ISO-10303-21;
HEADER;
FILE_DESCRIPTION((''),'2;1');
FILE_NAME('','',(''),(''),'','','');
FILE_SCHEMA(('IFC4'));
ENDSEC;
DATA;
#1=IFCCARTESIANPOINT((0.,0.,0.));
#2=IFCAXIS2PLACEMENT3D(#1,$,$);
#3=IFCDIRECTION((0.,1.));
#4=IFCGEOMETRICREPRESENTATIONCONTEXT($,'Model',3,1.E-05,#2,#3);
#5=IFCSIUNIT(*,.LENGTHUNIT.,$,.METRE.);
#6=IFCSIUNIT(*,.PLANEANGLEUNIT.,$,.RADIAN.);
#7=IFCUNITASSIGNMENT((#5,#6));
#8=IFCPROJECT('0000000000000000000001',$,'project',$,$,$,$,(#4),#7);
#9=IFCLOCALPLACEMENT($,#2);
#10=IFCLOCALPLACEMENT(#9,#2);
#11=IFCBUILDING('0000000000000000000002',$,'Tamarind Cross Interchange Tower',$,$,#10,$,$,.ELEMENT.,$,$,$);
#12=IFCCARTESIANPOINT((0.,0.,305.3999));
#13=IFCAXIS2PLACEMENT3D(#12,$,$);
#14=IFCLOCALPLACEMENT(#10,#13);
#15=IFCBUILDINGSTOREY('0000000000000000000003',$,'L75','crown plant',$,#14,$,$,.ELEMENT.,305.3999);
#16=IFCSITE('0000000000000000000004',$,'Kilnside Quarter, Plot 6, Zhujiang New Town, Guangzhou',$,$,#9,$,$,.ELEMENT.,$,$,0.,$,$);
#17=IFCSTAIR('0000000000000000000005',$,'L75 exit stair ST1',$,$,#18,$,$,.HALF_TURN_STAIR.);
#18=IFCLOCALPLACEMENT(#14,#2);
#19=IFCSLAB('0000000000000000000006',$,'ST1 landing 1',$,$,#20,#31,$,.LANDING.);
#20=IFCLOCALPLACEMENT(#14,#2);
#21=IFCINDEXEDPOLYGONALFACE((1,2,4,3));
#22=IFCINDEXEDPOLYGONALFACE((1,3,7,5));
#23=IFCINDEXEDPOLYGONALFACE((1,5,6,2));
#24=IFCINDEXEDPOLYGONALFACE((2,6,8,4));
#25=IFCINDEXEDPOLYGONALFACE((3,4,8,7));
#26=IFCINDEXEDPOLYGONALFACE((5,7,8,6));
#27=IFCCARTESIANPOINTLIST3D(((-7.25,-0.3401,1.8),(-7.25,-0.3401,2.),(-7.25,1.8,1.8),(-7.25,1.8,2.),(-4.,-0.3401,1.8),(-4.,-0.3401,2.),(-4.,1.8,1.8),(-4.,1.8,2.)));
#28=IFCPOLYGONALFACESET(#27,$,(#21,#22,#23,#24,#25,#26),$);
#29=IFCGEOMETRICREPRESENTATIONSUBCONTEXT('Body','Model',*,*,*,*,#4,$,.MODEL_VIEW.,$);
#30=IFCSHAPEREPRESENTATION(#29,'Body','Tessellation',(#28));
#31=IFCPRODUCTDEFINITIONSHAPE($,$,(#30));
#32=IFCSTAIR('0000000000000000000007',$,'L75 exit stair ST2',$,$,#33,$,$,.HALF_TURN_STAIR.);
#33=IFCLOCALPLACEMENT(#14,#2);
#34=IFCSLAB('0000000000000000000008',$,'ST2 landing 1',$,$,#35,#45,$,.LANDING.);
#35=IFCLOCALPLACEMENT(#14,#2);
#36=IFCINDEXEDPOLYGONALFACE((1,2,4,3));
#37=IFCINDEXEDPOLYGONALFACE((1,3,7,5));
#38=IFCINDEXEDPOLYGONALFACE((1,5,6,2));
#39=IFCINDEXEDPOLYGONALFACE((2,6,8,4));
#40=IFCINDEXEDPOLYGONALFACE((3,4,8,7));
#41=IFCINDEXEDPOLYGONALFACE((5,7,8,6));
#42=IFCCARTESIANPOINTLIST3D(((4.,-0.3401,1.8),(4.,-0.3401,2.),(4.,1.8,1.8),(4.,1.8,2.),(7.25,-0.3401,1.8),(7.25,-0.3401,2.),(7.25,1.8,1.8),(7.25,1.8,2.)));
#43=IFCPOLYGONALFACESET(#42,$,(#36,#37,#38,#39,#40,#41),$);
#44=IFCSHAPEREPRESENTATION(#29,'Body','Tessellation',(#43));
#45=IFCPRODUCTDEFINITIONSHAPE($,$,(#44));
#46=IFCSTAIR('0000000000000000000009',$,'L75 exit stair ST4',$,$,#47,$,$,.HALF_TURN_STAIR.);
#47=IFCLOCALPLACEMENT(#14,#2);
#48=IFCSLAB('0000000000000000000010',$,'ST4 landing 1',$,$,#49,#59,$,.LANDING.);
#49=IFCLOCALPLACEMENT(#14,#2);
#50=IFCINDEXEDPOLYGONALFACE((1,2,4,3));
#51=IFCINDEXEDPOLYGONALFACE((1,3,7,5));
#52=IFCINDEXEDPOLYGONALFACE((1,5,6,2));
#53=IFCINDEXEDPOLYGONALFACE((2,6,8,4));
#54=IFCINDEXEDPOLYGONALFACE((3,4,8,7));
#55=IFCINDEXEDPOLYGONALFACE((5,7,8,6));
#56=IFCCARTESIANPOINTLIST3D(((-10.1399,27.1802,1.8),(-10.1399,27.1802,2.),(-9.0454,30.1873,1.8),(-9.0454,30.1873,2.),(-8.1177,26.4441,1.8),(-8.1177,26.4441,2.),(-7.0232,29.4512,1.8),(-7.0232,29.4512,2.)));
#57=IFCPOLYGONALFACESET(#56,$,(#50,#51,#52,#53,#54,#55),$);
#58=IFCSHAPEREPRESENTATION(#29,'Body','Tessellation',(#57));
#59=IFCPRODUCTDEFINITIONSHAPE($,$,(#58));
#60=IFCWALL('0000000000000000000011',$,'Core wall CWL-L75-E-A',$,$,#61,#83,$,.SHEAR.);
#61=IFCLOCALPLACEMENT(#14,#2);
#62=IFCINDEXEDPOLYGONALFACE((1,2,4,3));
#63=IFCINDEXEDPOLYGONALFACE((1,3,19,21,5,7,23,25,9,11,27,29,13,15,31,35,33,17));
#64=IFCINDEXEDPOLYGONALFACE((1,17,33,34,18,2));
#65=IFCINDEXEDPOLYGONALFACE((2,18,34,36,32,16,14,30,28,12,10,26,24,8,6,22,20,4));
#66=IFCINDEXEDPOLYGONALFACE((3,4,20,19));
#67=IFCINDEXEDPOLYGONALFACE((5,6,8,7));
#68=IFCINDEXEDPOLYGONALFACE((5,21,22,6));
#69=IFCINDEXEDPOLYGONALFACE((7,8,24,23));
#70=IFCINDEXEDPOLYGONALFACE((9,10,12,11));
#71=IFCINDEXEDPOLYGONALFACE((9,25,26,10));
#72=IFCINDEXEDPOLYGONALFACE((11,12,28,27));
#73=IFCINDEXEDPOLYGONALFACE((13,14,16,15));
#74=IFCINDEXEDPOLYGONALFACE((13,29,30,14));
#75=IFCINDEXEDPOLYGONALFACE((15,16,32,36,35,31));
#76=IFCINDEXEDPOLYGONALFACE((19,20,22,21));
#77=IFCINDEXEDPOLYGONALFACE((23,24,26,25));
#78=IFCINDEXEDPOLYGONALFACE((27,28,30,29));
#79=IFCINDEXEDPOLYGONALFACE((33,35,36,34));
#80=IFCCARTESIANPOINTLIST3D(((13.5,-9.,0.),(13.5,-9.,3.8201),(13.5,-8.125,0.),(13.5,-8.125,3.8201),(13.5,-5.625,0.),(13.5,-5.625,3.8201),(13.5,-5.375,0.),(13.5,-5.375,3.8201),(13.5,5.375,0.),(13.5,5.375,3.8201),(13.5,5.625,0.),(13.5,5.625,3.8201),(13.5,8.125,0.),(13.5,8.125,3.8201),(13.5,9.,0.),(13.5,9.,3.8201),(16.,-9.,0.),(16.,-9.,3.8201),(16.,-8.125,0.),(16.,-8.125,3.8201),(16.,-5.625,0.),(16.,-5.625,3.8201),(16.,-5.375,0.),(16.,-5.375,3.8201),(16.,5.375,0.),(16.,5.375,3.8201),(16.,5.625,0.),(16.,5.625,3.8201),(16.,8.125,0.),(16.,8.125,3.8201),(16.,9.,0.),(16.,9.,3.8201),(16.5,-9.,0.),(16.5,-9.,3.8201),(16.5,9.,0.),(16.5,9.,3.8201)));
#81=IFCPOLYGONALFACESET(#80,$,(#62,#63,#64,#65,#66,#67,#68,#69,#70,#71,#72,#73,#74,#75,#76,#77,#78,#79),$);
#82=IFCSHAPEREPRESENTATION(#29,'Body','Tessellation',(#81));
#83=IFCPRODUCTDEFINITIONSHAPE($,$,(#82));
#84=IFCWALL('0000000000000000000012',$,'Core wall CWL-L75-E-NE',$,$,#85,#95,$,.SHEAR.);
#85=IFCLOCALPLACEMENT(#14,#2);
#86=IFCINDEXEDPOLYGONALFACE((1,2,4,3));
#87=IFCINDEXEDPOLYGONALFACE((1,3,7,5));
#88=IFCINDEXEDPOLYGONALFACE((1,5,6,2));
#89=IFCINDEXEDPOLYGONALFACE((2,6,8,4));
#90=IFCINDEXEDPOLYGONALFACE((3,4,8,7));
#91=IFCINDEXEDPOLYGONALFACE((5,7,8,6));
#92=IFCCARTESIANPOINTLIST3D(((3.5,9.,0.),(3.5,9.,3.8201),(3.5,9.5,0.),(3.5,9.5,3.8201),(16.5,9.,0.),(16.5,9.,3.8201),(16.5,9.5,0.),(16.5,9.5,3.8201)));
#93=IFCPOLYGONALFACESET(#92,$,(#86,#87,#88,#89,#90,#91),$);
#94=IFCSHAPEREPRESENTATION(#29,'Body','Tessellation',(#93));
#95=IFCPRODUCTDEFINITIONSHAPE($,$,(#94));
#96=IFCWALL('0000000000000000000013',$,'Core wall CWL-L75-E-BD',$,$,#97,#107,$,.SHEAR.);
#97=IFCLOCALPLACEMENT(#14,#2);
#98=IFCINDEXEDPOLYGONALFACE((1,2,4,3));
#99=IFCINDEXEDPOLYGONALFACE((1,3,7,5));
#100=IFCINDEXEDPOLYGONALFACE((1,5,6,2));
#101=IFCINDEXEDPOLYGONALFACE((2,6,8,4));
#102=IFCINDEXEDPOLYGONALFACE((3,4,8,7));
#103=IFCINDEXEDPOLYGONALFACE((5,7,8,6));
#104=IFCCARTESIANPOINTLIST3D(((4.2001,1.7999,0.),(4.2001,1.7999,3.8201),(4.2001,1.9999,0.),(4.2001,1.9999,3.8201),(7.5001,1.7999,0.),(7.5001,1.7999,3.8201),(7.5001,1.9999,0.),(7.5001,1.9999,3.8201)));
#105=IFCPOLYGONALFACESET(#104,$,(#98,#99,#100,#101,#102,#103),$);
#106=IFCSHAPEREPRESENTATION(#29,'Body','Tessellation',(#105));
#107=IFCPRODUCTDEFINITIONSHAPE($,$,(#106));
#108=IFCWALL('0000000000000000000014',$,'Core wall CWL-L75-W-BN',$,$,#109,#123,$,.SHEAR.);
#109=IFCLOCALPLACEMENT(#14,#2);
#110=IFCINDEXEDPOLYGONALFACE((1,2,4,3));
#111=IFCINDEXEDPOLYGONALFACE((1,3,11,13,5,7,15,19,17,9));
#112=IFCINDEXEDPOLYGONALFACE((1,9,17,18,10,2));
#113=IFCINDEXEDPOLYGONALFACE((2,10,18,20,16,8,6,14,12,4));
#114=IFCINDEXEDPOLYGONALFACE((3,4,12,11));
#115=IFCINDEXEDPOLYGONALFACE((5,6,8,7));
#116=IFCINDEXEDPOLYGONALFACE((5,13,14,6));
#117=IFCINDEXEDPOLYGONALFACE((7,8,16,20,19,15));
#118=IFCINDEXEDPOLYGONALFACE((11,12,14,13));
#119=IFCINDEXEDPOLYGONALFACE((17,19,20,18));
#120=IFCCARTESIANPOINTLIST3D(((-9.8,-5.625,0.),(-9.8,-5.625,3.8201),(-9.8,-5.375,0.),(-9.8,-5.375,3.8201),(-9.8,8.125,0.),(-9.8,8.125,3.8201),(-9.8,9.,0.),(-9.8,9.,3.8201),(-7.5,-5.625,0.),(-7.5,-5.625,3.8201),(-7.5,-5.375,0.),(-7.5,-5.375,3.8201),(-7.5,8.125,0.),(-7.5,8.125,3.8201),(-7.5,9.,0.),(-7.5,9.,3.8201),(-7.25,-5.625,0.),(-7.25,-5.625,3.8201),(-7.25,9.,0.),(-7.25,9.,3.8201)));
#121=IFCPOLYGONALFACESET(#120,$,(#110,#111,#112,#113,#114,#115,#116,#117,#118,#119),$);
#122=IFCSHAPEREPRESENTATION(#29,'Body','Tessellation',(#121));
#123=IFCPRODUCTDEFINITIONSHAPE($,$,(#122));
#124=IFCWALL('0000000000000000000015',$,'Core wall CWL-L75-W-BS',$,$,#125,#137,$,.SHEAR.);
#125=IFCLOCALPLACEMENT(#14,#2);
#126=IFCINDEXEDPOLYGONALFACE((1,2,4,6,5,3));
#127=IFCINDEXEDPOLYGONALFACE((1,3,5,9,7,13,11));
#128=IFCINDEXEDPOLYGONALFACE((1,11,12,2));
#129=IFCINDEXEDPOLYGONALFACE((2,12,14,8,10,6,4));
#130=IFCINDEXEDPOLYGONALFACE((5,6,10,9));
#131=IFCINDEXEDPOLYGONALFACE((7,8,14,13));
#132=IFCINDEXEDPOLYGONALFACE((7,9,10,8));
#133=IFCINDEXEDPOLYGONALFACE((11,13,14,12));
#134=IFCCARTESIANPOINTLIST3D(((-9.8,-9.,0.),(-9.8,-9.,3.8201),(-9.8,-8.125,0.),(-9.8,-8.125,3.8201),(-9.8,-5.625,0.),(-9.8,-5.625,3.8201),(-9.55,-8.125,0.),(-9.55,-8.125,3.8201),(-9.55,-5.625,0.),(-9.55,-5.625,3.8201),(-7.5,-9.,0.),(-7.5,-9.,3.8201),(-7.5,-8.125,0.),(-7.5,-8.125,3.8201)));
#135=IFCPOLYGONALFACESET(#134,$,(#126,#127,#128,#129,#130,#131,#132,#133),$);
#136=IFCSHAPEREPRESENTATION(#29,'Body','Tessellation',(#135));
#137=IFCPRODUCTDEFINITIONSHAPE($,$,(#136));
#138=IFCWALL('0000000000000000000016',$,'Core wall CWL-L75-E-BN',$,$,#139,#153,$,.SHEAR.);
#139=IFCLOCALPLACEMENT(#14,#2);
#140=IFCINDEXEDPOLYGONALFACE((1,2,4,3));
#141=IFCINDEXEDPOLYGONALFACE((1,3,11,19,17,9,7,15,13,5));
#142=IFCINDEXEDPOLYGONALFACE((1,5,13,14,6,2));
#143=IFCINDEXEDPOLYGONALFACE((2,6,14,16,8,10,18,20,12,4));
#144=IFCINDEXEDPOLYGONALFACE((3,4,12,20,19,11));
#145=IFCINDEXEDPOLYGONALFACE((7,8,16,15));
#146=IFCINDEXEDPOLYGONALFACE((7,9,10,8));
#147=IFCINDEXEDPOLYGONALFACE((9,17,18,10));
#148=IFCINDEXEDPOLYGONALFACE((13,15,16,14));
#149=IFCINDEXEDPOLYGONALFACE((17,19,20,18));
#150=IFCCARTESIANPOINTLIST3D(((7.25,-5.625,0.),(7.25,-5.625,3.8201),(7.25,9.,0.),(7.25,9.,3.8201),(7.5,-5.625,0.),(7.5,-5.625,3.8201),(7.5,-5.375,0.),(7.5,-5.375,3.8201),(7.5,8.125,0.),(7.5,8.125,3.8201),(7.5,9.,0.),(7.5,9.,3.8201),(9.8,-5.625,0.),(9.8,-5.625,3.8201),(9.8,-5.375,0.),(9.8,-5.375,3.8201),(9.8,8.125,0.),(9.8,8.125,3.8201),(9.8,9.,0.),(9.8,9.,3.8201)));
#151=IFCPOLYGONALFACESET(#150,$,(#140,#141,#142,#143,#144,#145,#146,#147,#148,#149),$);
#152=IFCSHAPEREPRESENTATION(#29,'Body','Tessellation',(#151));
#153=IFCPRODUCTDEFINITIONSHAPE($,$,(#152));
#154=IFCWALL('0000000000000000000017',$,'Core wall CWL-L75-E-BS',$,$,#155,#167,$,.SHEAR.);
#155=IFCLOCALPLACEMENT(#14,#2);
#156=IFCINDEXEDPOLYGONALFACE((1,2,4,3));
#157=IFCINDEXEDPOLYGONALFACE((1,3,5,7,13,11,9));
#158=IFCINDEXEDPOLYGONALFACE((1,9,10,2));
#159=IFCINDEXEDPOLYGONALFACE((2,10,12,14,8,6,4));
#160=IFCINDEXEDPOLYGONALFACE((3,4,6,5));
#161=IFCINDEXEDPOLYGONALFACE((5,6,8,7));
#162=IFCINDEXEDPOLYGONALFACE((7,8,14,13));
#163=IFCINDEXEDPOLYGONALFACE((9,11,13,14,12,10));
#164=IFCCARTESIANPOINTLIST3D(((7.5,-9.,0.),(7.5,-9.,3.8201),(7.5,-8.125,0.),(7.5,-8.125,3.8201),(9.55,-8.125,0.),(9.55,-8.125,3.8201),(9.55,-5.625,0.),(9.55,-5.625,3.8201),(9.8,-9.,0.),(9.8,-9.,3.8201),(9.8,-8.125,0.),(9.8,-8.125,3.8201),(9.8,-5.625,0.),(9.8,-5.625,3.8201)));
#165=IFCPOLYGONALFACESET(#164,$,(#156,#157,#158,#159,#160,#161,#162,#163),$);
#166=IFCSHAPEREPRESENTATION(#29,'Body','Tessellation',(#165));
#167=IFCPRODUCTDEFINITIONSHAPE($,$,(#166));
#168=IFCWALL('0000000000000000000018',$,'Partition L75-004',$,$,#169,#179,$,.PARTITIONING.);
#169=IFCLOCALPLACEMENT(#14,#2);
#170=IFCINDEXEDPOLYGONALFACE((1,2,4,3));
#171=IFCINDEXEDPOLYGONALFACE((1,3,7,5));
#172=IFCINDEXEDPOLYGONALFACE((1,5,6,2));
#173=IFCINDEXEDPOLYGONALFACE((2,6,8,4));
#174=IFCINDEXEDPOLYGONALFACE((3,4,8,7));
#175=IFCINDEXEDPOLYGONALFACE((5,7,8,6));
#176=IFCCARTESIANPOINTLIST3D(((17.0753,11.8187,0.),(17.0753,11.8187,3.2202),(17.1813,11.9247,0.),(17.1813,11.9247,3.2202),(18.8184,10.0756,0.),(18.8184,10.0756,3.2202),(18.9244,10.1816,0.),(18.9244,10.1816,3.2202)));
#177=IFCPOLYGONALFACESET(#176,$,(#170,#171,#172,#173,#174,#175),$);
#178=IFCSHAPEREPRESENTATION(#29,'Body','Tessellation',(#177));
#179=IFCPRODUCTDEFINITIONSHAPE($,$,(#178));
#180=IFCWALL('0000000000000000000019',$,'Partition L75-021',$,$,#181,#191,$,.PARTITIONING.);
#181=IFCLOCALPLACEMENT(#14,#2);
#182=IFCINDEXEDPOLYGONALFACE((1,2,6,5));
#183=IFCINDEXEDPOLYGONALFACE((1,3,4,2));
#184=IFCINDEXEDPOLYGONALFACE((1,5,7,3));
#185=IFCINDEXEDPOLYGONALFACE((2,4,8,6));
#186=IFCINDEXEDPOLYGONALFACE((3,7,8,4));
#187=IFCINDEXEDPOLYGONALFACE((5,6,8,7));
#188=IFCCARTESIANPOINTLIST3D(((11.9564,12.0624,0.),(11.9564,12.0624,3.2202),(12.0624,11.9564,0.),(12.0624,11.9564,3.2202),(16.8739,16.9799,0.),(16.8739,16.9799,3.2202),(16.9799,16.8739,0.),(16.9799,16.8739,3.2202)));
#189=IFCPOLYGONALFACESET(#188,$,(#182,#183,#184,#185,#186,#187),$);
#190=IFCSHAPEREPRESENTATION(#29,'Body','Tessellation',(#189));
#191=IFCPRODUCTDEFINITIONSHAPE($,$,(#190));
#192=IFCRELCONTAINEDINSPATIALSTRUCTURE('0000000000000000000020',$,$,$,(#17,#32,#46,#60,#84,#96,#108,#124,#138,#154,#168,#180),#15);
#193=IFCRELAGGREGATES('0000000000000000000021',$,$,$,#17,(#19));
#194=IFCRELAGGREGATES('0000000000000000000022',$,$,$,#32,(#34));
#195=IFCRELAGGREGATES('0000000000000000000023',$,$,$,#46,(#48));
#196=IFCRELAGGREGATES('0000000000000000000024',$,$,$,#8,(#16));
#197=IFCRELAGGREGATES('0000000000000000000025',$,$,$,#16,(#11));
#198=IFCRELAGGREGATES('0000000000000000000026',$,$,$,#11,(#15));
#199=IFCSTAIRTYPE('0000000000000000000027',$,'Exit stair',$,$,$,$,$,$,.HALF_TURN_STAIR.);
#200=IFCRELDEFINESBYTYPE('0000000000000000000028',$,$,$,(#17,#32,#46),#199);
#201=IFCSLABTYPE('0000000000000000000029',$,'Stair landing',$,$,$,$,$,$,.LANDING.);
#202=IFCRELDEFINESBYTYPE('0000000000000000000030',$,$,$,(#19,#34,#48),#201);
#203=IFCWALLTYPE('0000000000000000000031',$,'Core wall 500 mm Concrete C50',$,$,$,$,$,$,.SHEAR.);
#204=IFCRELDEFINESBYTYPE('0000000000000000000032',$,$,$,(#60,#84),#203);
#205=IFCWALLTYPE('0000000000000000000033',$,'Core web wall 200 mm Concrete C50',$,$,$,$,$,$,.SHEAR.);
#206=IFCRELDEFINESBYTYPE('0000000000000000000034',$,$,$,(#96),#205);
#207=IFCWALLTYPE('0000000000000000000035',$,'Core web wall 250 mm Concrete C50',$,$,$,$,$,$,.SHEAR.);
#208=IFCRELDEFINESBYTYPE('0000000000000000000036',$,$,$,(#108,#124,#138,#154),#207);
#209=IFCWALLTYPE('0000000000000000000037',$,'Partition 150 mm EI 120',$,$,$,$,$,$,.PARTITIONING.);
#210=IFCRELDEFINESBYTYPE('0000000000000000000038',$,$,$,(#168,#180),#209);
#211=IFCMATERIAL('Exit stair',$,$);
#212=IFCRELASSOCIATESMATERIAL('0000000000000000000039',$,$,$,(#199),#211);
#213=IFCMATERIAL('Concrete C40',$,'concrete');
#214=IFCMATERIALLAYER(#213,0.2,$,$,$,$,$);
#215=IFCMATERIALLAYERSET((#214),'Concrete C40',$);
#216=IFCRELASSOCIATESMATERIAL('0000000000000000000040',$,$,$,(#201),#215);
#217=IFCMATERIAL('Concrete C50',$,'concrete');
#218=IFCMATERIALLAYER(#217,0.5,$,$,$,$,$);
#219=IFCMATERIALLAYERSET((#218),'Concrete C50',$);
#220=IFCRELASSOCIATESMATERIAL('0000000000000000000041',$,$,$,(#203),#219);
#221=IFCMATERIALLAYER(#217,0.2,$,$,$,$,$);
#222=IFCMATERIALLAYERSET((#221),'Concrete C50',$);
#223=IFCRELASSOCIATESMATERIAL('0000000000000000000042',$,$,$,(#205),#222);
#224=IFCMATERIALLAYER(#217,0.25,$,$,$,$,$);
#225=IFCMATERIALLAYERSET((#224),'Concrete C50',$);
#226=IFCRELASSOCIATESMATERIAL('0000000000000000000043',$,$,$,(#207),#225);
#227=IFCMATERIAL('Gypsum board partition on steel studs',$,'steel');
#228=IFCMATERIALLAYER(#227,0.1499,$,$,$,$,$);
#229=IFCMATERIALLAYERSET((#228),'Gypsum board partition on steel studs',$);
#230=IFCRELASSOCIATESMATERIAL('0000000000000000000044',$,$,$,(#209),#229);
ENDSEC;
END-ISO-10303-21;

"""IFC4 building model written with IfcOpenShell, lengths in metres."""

from ifc_helpers import new_model, si_unit, direction, frame, frame_2d, origin, place, context, subcontext, project, spatial, polyline, rectangle, outline, extrude, material, layer, layer_set, type_object, element, aggregate, save


model = new_model("IFC4")

# Units and contexts
model_context = context("Model", 3, precision=1e-05, world=origin(), true_north=direction((0.0, 1.0)))
body_context = subcontext(model_context, "Body", "Model", "MODEL_VIEW")
ifc_project = project(units=[si_unit("LENGTHUNIT", "METRE"), si_unit("PLANEANGLEUNIT", "RADIAN")], contexts=[model_context])

# Site, building, storey
site_placement = place(None, origin())
site = spatial("IfcSite", under=ifc_project, at=site_placement, Name="Kilnside Quarter, Plot 6, Zhujiang New Town, Guangzhou", CompositionType="ELEMENT", RefElevation=0.0)
building_placement = place(site_placement, origin())
building = spatial("IfcBuilding", under=site, at=building_placement, Name="Tamarind Cross Interchange Tower", CompositionType="ELEMENT")
storey_placement = place(building_placement, frame((0.0, 0.0, 305.3999)))
storey = spatial("IfcBuildingStorey", under=building, at=storey_placement, Name="L75", Description="crown plant", CompositionType="ELEMENT", Elevation=305.3999)

# Stairs, slabs
ifc_material_1 = material(Name="Exit stair")
stair_type = type_object("IfcStairType", Name="Exit stair", PredefinedType="HALF_TURN_STAIR", material=ifc_material_1)
stair_1_placement = place(storey_placement, origin())
stair_1 = element("IfcStair", 1, at=stair_1_placement, inside=storey, type_object=stair_type, Name="L75 exit stair ST1", PredefinedType="HALF_TURN_STAIR")
ifc_material_2 = material(Name="Concrete C40", Category="concrete")
ifc_layer_1 = layer(ifc_material_2, 0.2)
ifc_layer_set_1 = layer_set([ifc_layer_1], Name="Concrete C40")
slab_type = type_object("IfcSlabType", Name="Stair landing", PredefinedType="LANDING", material=ifc_layer_set_1)
slab_1_placement = place(storey_placement, frame((0.0, 0.0, 1.8)))
slab_1 = element("IfcSlab", 2, at=slab_1_placement, type_object=slab_type, Name="ST1 landing 1", PredefinedType="LANDING", context=body_context, shape_type="SweptSolid", body=[
    extrude(outline(polyline([(-4.0, -0.3401), (-4.0, 1.8), (-7.25, 1.8), (-7.25, -0.3401), (-4.0, -0.3401)])), origin(), (0.0, 0.0, 1.0), 0.2),
])
aggregate(stair_1, [slab_1])
stair_2_placement = place(storey_placement, origin())
stair_2 = element("IfcStair", 3, at=stair_2_placement, inside=storey, type_object=stair_type, Name="L75 exit stair ST2", PredefinedType="HALF_TURN_STAIR")
slab_2_placement = place(storey_placement, frame((0.0, 0.0, 1.8)))
slab_2 = element("IfcSlab", 4, at=slab_2_placement, type_object=slab_type, Name="ST2 landing 1", PredefinedType="LANDING", context=body_context, shape_type="SweptSolid", body=[
    extrude(outline(polyline([(7.25, -0.3401), (7.25, 1.8), (4.0, 1.8), (4.0, -0.3401), (7.25, -0.3401)])), origin(), (0.0, 0.0, 1.0), 0.2),
])
aggregate(stair_2, [slab_2])
stair_3_placement = place(storey_placement, origin())
stair_3 = element("IfcStair", 5, at=stair_3_placement, inside=storey, type_object=stair_type, Name="L75 exit stair ST4", PredefinedType="HALF_TURN_STAIR")
slab_3_placement = place(storey_placement, frame((0.0, 0.0, 1.8)))
slab_3 = element("IfcSlab", 6, at=slab_3_placement, type_object=slab_type, Name="ST4 landing 1", PredefinedType="LANDING", context=body_context, shape_type="SweptSolid", body=[
    extrude(outline(polyline([(-7.0232, 29.4512), (-9.0454, 30.1873), (-10.1399, 27.1802), (-8.1177, 26.4441), (-7.0232, 29.4512)])), origin(), (0.0, 0.0, 1.0), 0.2),
])
aggregate(stair_3, [slab_3])

# Walls
ifc_material_3 = material(Name="Concrete C50", Category="concrete")
ifc_layer_2 = layer(ifc_material_3, 0.5)
ifc_layer_set_2 = layer_set([ifc_layer_2], Name="Concrete C50")
wall_type_1 = type_object("IfcWallType", Name="Core wall 500 mm Concrete C50", PredefinedType="SHEAR", material=ifc_layer_set_2)
wall_1_placement = place(storey_placement, origin())
element("IfcWall", 7, at=wall_1_placement, inside=storey, type_object=wall_type_1, Name="Core wall CWL-L75-E-A", PredefinedType="SHEAR", context=body_context, shape_type="SweptSolid", body=[
    extrude(outline(polyline([(13.5, -8.125), (13.5, -9.0), (16.0, -9.0), (16.5, -9.0), (16.5, 9.0), (16.0, 9.0), (13.5, 9.0), (13.5, 8.125), (16.0, 8.125), (16.0, 5.625), (13.5, 5.625), (13.5, 5.375), (16.0, 5.375), (16.0, -5.375), (13.5, -5.375), (13.5, -5.625), (16.0, -5.625), (16.0, -8.125), (13.5, -8.125)])), origin(), (0.0, 0.0, 1.0), 3.8201),
])
wall_2_placement = place(storey_placement, frame((16.5, 9.25, 0.0), z_axis=(0.0, 0.0, 1.0), x_axis=(-1.0, 0.0, 0.0)))
element("IfcWall", 8, at=wall_2_placement, inside=storey, type_object=wall_type_1, Name="Core wall CWL-L75-E-NE", PredefinedType="SHEAR", context=body_context, shape_type="SweptSolid", body=[
    extrude(rectangle(XDim=13.0, YDim=0.5, at=frame_2d((6.5, 0.0))), origin(), (0.0, 0.0, 1.0), 3.8201),
])
ifc_layer_3 = layer(ifc_material_3, 0.2)
ifc_layer_set_3 = layer_set([ifc_layer_3], Name="Concrete C50")
wall_type_2 = type_object("IfcWallType", Name="Core web wall 200 mm Concrete C50", PredefinedType="SHEAR", material=ifc_layer_set_3)
wall_3_placement = place(storey_placement, frame((7.5, 1.8999, 0.0), z_axis=(0.0, 0.0, 1.0), x_axis=(-1.0, 0.0, 0.0)))
element("IfcWall", 9, at=wall_3_placement, inside=storey, type_object=wall_type_2, Name="Core wall CWL-L75-E-BD", PredefinedType="SHEAR", context=body_context, shape_type="SweptSolid", body=[
    extrude(rectangle(XDim=3.3, YDim=0.2, at=frame_2d((1.6499, 0.0))), origin(), (0.0, 0.0, 1.0), 3.8201),
])
ifc_layer_4 = layer(ifc_material_3, 0.25)
ifc_layer_set_4 = layer_set([ifc_layer_4], Name="Concrete C50")
wall_type_3 = type_object("IfcWallType", Name="Core web wall 250 mm Concrete C50", PredefinedType="SHEAR", material=ifc_layer_set_4)
wall_4_placement = place(storey_placement, origin())
element("IfcWall", 10, at=wall_4_placement, inside=storey, type_object=wall_type_3, Name="Core wall CWL-L75-W-BN", PredefinedType="SHEAR", context=body_context, shape_type="SweptSolid", body=[
    extrude(outline(polyline([(-9.8, -5.625), (-7.5, -5.625), (-7.25, -5.625), (-7.25, 9.0), (-7.5, 9.0), (-9.8, 9.0), (-9.8, 8.125), (-7.5, 8.125), (-7.5, -5.375), (-9.8, -5.375), (-9.8, -5.625)])), origin(), (0.0, 0.0, 1.0), 3.8201),
])
wall_5_placement = place(storey_placement, origin())
element("IfcWall", 11, at=wall_5_placement, inside=storey, type_object=wall_type_3, Name="Core wall CWL-L75-W-BS", PredefinedType="SHEAR", context=body_context, shape_type="SweptSolid", body=[
    extrude(outline(polyline([(-7.5, -8.125), (-9.55, -8.125), (-9.55, -5.625), (-9.8, -5.625), (-9.8, -8.125), (-9.8, -9.0), (-7.5, -9.0), (-7.5, -8.125)])), origin(), (0.0, 0.0, 1.0), 3.8201),
])
wall_6_placement = place(storey_placement, origin())
element("IfcWall", 12, at=wall_6_placement, inside=storey, type_object=wall_type_3, Name="Core wall CWL-L75-E-BN", PredefinedType="SHEAR", context=body_context, shape_type="SweptSolid", body=[
    extrude(outline(polyline([(9.8, -5.625), (9.8, -5.375), (7.5, -5.375), (7.5, 8.125), (9.8, 8.125), (9.8, 9.0), (7.5, 9.0), (7.25, 9.0), (7.25, -5.625), (7.5, -5.625), (9.8, -5.625)])), origin(), (0.0, 0.0, 1.0), 3.8201),
])
wall_7_placement = place(storey_placement, origin())
element("IfcWall", 13, at=wall_7_placement, inside=storey, type_object=wall_type_3, Name="Core wall CWL-L75-E-BS", PredefinedType="SHEAR", context=body_context, shape_type="SweptSolid", body=[
    extrude(outline(polyline([(7.5, -8.125), (7.5, -9.0), (9.8, -9.0), (9.8, -8.125), (9.8, -5.625), (9.55, -5.625), (9.55, -8.125), (7.5, -8.125)])), origin(), (0.0, 0.0, 1.0), 3.8201),
])
ifc_material_4 = material(Name="Gypsum board partition on steel studs", Category="steel")
ifc_layer_5 = layer(ifc_material_4, 0.1499)
ifc_layer_set_5 = layer_set([ifc_layer_5], Name="Gypsum board partition on steel studs")
wall_type_4 = type_object("IfcWallType", Name="Partition 150 mm EI 120", PredefinedType="PARTITIONING", material=ifc_layer_set_5)
wall_8_placement = place(storey_placement, frame((17.1284, 11.8716, 0.0), z_axis=(0.0, 0.0, 1.0), x_axis=(0.707107, -0.707107, 0.0)))
element("IfcWall", 14, at=wall_8_placement, inside=storey, type_object=wall_type_4, Name="Partition L75-004", PredefinedType="PARTITIONING", context=body_context, shape_type="SweptSolid", body=[
    extrude(rectangle(XDim=2.4651, YDim=0.1499, at=frame_2d((1.2324, 0.0))), origin(), (0.0, 0.0, 1.0), 3.2202),
])
wall_9_placement = place(storey_placement, frame((12.0095, 12.0095, 0.0), z_axis=(0.0, 0.0, 1.0), x_axis=(0.707107, 0.707107, 0.0)))
element("IfcWall", 15, at=wall_9_placement, inside=storey, type_object=wall_type_4, Name="Partition L75-021", PredefinedType="PARTITIONING", context=body_context, shape_type="SweptSolid", body=[
    extrude(rectangle(XDim=6.9543, YDim=0.1499, at=frame_2d((3.4771, 0.0))), origin(), (0.0, 0.0, 1.0), 3.2202),
])

save(model, "model.ifc")
